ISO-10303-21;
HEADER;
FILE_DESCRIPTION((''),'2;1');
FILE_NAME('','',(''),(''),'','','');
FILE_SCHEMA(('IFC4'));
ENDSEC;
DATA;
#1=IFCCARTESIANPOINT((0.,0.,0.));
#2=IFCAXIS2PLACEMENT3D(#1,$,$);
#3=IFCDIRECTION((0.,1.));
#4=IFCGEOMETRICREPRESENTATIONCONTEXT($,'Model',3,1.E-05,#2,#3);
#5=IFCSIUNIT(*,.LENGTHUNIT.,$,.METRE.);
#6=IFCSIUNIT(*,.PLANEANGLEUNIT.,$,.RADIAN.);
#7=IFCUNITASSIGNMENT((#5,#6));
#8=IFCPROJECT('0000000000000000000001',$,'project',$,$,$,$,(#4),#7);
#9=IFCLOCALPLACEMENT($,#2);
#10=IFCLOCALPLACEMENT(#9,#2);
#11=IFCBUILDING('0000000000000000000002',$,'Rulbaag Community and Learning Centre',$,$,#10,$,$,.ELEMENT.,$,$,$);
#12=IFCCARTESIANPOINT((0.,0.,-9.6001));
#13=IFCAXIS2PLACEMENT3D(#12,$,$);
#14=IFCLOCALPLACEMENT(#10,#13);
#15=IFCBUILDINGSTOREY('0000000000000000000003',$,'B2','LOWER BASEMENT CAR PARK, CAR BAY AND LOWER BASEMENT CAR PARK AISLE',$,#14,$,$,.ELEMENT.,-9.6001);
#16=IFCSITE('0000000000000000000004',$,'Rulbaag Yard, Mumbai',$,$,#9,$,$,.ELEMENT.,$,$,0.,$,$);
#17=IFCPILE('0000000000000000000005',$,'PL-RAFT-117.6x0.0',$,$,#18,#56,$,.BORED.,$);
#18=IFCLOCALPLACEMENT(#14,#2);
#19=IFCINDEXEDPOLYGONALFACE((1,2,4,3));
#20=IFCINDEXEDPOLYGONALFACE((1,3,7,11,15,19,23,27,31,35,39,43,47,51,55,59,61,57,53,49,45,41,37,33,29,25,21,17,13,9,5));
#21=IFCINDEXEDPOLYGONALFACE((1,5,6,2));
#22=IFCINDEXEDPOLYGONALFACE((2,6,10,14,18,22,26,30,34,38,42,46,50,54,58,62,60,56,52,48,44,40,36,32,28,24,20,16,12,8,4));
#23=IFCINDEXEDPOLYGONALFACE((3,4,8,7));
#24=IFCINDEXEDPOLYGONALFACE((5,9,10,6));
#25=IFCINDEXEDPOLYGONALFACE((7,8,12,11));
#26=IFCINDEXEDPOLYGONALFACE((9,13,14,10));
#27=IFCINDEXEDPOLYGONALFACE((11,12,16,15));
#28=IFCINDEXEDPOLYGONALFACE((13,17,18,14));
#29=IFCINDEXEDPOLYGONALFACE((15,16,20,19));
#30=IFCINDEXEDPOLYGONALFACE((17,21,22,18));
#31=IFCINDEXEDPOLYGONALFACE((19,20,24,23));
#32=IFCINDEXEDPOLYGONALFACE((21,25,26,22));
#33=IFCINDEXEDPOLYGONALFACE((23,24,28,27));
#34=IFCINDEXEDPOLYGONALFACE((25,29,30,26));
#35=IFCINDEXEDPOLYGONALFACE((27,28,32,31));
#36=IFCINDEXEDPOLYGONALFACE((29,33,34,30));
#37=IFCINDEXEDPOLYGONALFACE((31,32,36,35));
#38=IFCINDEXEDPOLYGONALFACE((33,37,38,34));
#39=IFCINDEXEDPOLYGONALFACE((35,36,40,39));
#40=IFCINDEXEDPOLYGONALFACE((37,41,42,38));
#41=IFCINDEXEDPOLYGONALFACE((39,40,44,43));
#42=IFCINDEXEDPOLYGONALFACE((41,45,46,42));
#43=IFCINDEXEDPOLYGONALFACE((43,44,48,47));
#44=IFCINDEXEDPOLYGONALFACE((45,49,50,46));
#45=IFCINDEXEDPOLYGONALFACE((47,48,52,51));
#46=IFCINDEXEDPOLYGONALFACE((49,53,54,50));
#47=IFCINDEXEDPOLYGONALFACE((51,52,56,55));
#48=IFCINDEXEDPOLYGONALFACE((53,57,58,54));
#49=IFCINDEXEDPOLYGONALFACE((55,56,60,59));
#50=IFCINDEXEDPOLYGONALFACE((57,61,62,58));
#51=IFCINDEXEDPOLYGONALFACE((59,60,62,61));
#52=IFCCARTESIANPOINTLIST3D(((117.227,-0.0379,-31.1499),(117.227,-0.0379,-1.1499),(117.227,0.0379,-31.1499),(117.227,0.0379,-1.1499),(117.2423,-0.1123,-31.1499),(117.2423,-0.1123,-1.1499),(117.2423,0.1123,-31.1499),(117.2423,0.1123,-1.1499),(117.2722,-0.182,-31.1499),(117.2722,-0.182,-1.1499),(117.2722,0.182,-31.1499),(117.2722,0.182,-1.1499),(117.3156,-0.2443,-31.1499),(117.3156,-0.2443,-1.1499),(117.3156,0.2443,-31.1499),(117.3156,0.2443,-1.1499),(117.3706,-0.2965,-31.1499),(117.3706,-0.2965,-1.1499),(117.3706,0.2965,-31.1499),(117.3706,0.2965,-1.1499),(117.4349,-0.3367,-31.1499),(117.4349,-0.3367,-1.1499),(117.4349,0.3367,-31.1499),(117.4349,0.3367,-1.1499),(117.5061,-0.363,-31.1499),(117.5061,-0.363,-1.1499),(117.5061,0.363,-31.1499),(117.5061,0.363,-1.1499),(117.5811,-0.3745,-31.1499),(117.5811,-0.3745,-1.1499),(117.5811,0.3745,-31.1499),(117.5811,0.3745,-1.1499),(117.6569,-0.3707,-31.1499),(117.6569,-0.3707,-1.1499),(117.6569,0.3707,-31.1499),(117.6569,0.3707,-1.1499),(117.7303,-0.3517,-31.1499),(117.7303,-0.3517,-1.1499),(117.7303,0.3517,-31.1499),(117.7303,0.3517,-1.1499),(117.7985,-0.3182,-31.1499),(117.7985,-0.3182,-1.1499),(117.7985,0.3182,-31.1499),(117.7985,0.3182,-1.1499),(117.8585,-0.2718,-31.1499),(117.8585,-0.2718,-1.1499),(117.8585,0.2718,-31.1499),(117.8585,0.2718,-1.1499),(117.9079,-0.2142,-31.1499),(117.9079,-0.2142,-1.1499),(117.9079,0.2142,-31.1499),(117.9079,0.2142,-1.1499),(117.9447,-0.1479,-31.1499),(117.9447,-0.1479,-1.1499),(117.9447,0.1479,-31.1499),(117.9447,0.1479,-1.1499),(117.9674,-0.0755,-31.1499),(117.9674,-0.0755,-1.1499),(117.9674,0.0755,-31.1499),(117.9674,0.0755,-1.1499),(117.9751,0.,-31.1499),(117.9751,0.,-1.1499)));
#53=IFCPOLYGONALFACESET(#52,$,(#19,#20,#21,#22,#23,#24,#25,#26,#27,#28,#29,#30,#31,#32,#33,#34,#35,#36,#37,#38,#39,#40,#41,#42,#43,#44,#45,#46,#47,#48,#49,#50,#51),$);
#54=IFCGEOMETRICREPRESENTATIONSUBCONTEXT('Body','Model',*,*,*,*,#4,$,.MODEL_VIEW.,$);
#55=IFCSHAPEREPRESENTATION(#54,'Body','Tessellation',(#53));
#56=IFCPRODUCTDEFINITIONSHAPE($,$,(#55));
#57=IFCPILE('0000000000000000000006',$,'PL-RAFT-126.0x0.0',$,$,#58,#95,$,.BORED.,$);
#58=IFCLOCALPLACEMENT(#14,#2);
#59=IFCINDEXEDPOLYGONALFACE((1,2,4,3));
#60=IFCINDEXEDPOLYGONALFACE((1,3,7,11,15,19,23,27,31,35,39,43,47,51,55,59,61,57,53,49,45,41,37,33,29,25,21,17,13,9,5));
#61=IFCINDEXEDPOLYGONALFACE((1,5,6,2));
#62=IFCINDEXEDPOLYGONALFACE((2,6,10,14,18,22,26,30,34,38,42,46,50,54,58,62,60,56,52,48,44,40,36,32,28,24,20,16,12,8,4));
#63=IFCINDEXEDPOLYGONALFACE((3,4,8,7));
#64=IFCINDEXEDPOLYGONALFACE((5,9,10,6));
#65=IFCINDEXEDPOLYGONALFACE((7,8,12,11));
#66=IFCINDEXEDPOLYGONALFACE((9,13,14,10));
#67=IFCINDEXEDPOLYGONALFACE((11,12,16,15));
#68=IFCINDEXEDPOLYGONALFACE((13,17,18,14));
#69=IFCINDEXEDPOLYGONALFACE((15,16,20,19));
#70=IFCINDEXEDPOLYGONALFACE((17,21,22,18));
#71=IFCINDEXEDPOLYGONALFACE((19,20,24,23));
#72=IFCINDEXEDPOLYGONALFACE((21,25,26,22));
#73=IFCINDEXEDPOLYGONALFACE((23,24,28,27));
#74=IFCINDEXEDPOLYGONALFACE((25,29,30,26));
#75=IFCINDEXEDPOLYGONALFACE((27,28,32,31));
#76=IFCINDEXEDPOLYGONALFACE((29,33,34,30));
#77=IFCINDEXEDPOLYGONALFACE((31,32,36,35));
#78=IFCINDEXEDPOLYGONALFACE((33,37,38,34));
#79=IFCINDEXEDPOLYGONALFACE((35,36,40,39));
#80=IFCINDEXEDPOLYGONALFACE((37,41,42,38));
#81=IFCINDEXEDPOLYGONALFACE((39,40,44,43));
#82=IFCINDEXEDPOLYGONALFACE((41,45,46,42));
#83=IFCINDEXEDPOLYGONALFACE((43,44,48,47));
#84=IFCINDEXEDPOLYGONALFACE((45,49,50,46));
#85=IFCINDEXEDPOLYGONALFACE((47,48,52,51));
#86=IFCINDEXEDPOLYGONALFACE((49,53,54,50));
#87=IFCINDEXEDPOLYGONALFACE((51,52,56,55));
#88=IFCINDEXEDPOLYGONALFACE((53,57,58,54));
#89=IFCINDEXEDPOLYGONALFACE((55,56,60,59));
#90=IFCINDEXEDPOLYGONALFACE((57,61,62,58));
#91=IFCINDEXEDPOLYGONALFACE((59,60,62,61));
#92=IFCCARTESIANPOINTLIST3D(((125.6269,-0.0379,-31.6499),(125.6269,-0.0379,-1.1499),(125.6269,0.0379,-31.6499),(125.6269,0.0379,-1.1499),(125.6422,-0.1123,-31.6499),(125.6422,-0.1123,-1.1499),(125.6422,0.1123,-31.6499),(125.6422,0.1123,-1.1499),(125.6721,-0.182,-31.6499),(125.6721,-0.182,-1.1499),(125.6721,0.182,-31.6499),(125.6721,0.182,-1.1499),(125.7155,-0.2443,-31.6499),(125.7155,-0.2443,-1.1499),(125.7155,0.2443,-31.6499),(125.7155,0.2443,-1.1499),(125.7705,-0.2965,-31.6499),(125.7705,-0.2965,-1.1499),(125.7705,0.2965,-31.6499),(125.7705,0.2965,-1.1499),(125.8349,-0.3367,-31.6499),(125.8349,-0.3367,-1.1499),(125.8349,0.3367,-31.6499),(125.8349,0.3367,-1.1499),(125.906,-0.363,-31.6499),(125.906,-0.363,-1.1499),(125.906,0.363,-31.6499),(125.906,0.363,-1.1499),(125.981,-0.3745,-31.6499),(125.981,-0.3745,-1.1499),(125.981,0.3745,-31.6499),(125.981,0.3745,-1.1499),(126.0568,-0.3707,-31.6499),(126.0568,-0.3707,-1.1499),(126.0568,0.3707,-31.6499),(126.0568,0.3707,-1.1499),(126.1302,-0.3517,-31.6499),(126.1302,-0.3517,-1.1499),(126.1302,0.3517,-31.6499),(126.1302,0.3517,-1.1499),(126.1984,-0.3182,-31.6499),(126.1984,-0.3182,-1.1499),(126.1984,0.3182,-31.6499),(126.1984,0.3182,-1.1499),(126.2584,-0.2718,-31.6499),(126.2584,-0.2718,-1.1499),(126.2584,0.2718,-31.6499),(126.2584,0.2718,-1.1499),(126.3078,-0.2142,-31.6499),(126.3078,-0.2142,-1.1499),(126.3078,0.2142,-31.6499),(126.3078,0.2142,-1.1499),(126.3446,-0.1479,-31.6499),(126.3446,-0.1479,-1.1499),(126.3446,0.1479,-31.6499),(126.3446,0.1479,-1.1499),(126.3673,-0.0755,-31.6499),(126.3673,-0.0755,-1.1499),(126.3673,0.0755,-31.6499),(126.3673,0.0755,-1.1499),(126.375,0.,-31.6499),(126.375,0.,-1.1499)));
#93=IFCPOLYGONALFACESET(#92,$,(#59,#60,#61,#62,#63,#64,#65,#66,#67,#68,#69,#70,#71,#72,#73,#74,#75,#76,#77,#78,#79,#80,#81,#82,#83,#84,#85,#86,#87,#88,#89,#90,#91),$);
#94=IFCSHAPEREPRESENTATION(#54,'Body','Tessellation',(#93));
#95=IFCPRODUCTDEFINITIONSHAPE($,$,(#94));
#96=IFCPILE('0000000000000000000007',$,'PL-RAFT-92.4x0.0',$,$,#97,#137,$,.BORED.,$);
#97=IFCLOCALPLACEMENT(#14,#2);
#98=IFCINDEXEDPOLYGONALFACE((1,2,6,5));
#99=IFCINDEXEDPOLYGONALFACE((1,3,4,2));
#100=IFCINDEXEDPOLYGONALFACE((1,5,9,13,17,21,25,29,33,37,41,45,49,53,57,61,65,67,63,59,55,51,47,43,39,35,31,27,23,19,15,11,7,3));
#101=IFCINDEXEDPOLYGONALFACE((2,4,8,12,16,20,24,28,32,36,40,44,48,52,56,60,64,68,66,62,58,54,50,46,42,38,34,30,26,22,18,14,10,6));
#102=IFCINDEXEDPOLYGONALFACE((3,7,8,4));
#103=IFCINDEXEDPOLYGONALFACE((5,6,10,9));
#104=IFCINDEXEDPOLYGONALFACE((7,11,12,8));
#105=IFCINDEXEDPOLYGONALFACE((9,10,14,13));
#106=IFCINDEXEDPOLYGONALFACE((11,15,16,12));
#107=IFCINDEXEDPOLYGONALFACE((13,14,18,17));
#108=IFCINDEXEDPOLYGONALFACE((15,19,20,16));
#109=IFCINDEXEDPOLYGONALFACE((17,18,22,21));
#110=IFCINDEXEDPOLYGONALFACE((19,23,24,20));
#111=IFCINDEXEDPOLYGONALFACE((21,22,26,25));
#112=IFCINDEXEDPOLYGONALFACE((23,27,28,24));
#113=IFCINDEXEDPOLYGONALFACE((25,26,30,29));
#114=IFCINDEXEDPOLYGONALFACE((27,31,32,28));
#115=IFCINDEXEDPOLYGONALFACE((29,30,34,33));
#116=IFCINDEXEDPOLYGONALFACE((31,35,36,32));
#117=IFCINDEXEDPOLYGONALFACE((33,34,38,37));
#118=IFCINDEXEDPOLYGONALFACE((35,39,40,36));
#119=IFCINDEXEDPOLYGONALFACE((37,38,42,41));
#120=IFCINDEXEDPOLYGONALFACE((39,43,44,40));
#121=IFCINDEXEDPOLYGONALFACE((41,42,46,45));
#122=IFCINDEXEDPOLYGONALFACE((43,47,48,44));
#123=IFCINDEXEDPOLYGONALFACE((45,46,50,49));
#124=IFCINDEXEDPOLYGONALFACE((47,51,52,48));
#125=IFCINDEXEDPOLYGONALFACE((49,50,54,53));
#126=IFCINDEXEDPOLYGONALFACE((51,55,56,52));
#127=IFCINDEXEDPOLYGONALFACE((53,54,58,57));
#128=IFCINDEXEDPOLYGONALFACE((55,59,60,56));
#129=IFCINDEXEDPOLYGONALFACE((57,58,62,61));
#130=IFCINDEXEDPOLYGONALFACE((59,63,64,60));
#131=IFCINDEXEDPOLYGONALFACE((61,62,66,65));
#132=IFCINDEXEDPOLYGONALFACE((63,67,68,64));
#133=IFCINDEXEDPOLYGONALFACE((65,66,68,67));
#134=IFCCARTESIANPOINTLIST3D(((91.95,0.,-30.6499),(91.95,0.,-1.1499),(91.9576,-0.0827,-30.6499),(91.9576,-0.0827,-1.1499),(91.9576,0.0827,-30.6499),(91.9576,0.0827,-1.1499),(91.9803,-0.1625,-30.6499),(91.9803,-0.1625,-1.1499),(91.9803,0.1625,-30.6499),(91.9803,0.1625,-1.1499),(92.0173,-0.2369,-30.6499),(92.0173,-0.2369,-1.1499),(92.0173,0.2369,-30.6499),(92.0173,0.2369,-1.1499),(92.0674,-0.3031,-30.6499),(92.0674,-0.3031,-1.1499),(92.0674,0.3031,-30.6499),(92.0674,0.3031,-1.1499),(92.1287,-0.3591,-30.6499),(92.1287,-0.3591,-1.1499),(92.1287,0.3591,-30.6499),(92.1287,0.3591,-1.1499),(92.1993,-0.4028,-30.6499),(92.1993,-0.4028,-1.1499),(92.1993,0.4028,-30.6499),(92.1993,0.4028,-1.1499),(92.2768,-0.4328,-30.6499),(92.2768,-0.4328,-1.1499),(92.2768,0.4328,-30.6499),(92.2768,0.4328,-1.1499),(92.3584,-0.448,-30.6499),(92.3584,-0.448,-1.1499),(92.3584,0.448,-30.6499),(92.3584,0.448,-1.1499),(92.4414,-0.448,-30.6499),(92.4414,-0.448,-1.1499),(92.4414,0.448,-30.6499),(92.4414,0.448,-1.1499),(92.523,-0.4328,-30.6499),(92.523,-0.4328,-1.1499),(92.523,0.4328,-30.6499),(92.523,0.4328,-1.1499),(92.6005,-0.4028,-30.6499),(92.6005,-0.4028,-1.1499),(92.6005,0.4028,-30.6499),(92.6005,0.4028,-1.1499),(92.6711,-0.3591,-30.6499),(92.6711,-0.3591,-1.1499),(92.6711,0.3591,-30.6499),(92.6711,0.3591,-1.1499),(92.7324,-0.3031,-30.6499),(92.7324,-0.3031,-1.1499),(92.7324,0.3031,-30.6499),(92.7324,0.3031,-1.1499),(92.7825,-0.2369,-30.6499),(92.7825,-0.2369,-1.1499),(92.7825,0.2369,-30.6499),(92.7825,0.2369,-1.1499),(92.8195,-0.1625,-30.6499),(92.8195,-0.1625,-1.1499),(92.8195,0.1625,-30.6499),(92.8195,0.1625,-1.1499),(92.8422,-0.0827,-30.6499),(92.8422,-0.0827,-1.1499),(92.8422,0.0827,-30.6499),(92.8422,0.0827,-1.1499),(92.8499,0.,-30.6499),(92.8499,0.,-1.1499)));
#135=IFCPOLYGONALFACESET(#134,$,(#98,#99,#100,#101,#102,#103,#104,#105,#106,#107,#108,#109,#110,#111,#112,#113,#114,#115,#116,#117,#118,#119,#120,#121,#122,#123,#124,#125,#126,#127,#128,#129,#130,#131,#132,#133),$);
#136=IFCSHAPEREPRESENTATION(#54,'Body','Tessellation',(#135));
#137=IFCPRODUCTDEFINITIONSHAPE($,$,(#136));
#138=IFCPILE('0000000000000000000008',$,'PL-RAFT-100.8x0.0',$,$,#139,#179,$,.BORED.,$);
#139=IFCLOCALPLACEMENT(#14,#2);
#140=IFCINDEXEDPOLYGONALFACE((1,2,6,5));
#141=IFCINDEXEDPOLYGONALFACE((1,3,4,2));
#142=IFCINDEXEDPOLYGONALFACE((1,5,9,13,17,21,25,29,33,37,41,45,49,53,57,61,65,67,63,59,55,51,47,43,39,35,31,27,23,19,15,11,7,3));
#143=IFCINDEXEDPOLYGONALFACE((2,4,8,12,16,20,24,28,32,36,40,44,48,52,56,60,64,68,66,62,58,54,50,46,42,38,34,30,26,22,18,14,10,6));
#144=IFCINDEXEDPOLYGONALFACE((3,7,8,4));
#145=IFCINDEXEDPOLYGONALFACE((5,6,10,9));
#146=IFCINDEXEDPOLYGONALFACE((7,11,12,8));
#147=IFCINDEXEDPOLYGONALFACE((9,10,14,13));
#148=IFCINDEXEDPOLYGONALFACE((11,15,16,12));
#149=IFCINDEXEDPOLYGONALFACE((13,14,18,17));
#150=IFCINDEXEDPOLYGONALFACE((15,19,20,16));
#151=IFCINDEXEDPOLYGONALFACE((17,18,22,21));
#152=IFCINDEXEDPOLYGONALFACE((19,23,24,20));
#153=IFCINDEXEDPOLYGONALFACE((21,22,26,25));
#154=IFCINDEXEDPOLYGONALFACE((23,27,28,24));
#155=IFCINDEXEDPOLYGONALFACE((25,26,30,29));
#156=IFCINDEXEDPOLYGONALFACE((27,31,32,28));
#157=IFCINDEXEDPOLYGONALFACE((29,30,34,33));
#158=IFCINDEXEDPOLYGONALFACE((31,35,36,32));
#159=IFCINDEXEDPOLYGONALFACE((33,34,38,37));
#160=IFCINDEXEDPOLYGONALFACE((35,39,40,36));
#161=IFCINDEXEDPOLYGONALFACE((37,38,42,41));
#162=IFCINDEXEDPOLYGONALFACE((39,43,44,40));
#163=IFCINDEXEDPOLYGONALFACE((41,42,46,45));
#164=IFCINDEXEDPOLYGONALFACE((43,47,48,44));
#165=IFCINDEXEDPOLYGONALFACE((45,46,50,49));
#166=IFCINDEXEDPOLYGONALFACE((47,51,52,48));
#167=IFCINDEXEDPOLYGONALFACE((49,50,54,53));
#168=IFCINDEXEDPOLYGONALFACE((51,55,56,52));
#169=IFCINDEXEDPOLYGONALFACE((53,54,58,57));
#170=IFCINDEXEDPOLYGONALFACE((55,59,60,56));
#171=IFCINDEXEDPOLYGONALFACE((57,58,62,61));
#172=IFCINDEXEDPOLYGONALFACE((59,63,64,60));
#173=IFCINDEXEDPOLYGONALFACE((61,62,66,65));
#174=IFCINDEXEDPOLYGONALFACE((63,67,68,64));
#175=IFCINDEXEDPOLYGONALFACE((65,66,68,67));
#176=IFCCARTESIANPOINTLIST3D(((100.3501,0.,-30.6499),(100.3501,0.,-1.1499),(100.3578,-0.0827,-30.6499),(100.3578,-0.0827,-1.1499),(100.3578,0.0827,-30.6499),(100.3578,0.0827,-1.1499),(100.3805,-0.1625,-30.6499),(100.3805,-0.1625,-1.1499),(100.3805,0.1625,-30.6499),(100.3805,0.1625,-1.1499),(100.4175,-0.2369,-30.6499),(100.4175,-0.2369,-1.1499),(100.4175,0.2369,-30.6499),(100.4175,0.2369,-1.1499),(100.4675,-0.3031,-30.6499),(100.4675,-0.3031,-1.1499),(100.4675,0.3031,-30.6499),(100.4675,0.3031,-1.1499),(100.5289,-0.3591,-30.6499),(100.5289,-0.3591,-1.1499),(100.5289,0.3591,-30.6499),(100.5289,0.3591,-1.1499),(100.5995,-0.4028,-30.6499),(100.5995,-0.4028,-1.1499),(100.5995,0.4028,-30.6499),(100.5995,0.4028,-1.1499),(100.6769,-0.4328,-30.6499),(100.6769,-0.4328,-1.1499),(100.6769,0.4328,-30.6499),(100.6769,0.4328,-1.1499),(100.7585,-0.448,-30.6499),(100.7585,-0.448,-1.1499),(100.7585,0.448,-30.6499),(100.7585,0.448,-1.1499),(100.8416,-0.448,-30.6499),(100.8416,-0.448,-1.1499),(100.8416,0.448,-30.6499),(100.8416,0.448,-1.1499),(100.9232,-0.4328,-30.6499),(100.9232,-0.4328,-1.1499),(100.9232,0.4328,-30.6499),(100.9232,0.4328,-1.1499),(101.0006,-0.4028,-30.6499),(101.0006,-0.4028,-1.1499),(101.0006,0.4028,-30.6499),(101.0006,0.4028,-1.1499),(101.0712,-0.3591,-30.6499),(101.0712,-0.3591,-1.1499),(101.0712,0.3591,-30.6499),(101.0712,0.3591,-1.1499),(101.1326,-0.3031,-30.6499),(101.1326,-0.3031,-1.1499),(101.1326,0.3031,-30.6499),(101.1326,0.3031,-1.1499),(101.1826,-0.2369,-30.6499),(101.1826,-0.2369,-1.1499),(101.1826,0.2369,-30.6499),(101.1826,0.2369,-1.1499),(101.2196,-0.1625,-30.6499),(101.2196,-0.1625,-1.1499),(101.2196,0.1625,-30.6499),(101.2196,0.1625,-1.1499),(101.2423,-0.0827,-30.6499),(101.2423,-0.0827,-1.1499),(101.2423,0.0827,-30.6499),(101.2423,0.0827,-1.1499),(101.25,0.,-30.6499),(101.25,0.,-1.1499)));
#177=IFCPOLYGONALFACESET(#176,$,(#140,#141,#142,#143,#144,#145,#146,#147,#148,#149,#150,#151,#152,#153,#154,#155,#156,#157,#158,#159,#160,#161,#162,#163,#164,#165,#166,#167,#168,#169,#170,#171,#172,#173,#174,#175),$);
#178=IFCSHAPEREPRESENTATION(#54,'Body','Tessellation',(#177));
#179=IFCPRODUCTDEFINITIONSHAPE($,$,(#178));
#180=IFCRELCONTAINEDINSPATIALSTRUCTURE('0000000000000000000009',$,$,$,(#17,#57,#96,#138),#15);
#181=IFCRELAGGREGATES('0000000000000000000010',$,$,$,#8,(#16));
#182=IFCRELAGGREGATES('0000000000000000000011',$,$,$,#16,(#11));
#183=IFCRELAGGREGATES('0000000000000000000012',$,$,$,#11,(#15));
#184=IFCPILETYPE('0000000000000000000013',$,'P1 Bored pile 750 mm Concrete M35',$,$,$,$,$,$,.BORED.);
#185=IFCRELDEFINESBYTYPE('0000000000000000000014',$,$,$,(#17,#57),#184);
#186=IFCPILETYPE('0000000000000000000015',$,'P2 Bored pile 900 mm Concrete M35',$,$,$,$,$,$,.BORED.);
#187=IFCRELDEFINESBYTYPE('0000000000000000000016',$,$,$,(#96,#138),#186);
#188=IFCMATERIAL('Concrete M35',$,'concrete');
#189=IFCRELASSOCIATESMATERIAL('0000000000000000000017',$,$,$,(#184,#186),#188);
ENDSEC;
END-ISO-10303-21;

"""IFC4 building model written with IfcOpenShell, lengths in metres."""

from ifc_helpers import new_model, si_unit, direction, frame, origin, origin_2d, place, context, subcontext, project, spatial, circle, extrude, material, material_profile, profile_set, type_object, element, save


model = new_model("IFC4")

# Units and contexts
model_context = context("Model", 3, precision=1e-05, world=origin(), true_north=direction((0.0, 1.0)))
body_context = subcontext(model_context, "Body", "Model", "MODEL_VIEW")
ifc_project = project(units=[si_unit("LENGTHUNIT", "METRE"), si_unit("PLANEANGLEUNIT", "RADIAN")], contexts=[model_context])

# Site, building, storey
site_placement = place(None, origin())
site = spatial("IfcSite", under=ifc_project, at=site_placement, Name="Rulbaag Yard, Mumbai", CompositionType="ELEMENT", RefElevation=0.0)
building_placement = place(site_placement, origin())
building = spatial("IfcBuilding", under=site, at=building_placement, Name="Rulbaag Community and Learning Centre", CompositionType="ELEMENT")
storey_placement = place(building_placement, frame((0.0, 0.0, -9.6001)))
storey = spatial("IfcBuildingStorey", under=building, at=storey_placement, Name="B2", Description="LOWER BASEMENT CAR PARK, CAR BAY AND LOWER BASEMENT CAR PARK AISLE", CompositionType="ELEMENT", Elevation=-9.6001)

# Piles
ifc_material_1 = material(Name="Concrete M35", Category="concrete")
ifc_material_profile_1 = material_profile(ifc_material_1, circle(Radius=0.375, at=origin_2d()), Name="BP750")
ifc_profile_set_1 = profile_set([ifc_material_profile_1], Name="Concrete M35")
pile_type_1 = type_object("IfcPileType", Name="P1 Bored pile 750 mm Concrete M35", PredefinedType="BORED", material=ifc_profile_set_1)
pile_1_placement = place(storey_placement, frame((117.6001, 0.0, -1.1499), z_axis=(0.0, 0.0, -1.0), x_axis=(1.0, 0.0, 0.0)))
element("IfcPile", 1, at=pile_1_placement, inside=storey, type_object=pile_type_1, Name="PL-RAFT-117.6x0.0", PredefinedType="BORED", context=body_context, shape_type="SweptSolid", body=[
    extrude(circle(Radius=0.375, at=origin_2d()), origin(), (0.0, 0.0, 1.0), 30.0),
])
pile_2_placement = place(storey_placement, frame((126.0, 0.0, -1.1499), z_axis=(0.0, 0.0, -1.0), x_axis=(1.0, 0.0, 0.0)))
element("IfcPile", 2, at=pile_2_placement, inside=storey, type_object=pile_type_1, Name="PL-RAFT-126.0x0.0", PredefinedType="BORED", context=body_context, shape_type="SweptSolid", body=[
    extrude(circle(Radius=0.375, at=origin_2d()), origin(), (0.0, 0.0, 1.0), 30.5),
])
ifc_material_profile_2 = material_profile(ifc_material_1, circle(Radius=0.45, at=origin_2d()), Name="BP900")
ifc_profile_set_2 = profile_set([ifc_material_profile_2], Name="Concrete M35")
pile_type_2 = type_object("IfcPileType", Name="P2 Bored pile 900 mm Concrete M35", PredefinedType="BORED", material=ifc_profile_set_2)
for number, where, z_axis, x_axis, name in (
    (3, (92.3999, 0.0, -1.1499), (0.0, 0.0, -1.0), (1.0, 0.0, 0.0), "PL-RAFT-92.4x0.0"),
    (4, (100.8, 0.0, -1.1499), (0.0, 0.0, -1.0), (1.0, 0.0, 0.0), "PL-RAFT-100.8x0.0"),
):
    element("IfcPile", number, at=place(storey_placement, frame(where, z_axis=z_axis, x_axis=x_axis)), inside=storey, type_object=pile_type_2, Name=name, PredefinedType="BORED", context=body_context, shape_type="SweptSolid", body=[
        extrude(circle(Radius=0.45, at=origin_2d()), origin(), (0.0, 0.0, 1.0), 29.5),
    ])

save(model, "model.ifc")
